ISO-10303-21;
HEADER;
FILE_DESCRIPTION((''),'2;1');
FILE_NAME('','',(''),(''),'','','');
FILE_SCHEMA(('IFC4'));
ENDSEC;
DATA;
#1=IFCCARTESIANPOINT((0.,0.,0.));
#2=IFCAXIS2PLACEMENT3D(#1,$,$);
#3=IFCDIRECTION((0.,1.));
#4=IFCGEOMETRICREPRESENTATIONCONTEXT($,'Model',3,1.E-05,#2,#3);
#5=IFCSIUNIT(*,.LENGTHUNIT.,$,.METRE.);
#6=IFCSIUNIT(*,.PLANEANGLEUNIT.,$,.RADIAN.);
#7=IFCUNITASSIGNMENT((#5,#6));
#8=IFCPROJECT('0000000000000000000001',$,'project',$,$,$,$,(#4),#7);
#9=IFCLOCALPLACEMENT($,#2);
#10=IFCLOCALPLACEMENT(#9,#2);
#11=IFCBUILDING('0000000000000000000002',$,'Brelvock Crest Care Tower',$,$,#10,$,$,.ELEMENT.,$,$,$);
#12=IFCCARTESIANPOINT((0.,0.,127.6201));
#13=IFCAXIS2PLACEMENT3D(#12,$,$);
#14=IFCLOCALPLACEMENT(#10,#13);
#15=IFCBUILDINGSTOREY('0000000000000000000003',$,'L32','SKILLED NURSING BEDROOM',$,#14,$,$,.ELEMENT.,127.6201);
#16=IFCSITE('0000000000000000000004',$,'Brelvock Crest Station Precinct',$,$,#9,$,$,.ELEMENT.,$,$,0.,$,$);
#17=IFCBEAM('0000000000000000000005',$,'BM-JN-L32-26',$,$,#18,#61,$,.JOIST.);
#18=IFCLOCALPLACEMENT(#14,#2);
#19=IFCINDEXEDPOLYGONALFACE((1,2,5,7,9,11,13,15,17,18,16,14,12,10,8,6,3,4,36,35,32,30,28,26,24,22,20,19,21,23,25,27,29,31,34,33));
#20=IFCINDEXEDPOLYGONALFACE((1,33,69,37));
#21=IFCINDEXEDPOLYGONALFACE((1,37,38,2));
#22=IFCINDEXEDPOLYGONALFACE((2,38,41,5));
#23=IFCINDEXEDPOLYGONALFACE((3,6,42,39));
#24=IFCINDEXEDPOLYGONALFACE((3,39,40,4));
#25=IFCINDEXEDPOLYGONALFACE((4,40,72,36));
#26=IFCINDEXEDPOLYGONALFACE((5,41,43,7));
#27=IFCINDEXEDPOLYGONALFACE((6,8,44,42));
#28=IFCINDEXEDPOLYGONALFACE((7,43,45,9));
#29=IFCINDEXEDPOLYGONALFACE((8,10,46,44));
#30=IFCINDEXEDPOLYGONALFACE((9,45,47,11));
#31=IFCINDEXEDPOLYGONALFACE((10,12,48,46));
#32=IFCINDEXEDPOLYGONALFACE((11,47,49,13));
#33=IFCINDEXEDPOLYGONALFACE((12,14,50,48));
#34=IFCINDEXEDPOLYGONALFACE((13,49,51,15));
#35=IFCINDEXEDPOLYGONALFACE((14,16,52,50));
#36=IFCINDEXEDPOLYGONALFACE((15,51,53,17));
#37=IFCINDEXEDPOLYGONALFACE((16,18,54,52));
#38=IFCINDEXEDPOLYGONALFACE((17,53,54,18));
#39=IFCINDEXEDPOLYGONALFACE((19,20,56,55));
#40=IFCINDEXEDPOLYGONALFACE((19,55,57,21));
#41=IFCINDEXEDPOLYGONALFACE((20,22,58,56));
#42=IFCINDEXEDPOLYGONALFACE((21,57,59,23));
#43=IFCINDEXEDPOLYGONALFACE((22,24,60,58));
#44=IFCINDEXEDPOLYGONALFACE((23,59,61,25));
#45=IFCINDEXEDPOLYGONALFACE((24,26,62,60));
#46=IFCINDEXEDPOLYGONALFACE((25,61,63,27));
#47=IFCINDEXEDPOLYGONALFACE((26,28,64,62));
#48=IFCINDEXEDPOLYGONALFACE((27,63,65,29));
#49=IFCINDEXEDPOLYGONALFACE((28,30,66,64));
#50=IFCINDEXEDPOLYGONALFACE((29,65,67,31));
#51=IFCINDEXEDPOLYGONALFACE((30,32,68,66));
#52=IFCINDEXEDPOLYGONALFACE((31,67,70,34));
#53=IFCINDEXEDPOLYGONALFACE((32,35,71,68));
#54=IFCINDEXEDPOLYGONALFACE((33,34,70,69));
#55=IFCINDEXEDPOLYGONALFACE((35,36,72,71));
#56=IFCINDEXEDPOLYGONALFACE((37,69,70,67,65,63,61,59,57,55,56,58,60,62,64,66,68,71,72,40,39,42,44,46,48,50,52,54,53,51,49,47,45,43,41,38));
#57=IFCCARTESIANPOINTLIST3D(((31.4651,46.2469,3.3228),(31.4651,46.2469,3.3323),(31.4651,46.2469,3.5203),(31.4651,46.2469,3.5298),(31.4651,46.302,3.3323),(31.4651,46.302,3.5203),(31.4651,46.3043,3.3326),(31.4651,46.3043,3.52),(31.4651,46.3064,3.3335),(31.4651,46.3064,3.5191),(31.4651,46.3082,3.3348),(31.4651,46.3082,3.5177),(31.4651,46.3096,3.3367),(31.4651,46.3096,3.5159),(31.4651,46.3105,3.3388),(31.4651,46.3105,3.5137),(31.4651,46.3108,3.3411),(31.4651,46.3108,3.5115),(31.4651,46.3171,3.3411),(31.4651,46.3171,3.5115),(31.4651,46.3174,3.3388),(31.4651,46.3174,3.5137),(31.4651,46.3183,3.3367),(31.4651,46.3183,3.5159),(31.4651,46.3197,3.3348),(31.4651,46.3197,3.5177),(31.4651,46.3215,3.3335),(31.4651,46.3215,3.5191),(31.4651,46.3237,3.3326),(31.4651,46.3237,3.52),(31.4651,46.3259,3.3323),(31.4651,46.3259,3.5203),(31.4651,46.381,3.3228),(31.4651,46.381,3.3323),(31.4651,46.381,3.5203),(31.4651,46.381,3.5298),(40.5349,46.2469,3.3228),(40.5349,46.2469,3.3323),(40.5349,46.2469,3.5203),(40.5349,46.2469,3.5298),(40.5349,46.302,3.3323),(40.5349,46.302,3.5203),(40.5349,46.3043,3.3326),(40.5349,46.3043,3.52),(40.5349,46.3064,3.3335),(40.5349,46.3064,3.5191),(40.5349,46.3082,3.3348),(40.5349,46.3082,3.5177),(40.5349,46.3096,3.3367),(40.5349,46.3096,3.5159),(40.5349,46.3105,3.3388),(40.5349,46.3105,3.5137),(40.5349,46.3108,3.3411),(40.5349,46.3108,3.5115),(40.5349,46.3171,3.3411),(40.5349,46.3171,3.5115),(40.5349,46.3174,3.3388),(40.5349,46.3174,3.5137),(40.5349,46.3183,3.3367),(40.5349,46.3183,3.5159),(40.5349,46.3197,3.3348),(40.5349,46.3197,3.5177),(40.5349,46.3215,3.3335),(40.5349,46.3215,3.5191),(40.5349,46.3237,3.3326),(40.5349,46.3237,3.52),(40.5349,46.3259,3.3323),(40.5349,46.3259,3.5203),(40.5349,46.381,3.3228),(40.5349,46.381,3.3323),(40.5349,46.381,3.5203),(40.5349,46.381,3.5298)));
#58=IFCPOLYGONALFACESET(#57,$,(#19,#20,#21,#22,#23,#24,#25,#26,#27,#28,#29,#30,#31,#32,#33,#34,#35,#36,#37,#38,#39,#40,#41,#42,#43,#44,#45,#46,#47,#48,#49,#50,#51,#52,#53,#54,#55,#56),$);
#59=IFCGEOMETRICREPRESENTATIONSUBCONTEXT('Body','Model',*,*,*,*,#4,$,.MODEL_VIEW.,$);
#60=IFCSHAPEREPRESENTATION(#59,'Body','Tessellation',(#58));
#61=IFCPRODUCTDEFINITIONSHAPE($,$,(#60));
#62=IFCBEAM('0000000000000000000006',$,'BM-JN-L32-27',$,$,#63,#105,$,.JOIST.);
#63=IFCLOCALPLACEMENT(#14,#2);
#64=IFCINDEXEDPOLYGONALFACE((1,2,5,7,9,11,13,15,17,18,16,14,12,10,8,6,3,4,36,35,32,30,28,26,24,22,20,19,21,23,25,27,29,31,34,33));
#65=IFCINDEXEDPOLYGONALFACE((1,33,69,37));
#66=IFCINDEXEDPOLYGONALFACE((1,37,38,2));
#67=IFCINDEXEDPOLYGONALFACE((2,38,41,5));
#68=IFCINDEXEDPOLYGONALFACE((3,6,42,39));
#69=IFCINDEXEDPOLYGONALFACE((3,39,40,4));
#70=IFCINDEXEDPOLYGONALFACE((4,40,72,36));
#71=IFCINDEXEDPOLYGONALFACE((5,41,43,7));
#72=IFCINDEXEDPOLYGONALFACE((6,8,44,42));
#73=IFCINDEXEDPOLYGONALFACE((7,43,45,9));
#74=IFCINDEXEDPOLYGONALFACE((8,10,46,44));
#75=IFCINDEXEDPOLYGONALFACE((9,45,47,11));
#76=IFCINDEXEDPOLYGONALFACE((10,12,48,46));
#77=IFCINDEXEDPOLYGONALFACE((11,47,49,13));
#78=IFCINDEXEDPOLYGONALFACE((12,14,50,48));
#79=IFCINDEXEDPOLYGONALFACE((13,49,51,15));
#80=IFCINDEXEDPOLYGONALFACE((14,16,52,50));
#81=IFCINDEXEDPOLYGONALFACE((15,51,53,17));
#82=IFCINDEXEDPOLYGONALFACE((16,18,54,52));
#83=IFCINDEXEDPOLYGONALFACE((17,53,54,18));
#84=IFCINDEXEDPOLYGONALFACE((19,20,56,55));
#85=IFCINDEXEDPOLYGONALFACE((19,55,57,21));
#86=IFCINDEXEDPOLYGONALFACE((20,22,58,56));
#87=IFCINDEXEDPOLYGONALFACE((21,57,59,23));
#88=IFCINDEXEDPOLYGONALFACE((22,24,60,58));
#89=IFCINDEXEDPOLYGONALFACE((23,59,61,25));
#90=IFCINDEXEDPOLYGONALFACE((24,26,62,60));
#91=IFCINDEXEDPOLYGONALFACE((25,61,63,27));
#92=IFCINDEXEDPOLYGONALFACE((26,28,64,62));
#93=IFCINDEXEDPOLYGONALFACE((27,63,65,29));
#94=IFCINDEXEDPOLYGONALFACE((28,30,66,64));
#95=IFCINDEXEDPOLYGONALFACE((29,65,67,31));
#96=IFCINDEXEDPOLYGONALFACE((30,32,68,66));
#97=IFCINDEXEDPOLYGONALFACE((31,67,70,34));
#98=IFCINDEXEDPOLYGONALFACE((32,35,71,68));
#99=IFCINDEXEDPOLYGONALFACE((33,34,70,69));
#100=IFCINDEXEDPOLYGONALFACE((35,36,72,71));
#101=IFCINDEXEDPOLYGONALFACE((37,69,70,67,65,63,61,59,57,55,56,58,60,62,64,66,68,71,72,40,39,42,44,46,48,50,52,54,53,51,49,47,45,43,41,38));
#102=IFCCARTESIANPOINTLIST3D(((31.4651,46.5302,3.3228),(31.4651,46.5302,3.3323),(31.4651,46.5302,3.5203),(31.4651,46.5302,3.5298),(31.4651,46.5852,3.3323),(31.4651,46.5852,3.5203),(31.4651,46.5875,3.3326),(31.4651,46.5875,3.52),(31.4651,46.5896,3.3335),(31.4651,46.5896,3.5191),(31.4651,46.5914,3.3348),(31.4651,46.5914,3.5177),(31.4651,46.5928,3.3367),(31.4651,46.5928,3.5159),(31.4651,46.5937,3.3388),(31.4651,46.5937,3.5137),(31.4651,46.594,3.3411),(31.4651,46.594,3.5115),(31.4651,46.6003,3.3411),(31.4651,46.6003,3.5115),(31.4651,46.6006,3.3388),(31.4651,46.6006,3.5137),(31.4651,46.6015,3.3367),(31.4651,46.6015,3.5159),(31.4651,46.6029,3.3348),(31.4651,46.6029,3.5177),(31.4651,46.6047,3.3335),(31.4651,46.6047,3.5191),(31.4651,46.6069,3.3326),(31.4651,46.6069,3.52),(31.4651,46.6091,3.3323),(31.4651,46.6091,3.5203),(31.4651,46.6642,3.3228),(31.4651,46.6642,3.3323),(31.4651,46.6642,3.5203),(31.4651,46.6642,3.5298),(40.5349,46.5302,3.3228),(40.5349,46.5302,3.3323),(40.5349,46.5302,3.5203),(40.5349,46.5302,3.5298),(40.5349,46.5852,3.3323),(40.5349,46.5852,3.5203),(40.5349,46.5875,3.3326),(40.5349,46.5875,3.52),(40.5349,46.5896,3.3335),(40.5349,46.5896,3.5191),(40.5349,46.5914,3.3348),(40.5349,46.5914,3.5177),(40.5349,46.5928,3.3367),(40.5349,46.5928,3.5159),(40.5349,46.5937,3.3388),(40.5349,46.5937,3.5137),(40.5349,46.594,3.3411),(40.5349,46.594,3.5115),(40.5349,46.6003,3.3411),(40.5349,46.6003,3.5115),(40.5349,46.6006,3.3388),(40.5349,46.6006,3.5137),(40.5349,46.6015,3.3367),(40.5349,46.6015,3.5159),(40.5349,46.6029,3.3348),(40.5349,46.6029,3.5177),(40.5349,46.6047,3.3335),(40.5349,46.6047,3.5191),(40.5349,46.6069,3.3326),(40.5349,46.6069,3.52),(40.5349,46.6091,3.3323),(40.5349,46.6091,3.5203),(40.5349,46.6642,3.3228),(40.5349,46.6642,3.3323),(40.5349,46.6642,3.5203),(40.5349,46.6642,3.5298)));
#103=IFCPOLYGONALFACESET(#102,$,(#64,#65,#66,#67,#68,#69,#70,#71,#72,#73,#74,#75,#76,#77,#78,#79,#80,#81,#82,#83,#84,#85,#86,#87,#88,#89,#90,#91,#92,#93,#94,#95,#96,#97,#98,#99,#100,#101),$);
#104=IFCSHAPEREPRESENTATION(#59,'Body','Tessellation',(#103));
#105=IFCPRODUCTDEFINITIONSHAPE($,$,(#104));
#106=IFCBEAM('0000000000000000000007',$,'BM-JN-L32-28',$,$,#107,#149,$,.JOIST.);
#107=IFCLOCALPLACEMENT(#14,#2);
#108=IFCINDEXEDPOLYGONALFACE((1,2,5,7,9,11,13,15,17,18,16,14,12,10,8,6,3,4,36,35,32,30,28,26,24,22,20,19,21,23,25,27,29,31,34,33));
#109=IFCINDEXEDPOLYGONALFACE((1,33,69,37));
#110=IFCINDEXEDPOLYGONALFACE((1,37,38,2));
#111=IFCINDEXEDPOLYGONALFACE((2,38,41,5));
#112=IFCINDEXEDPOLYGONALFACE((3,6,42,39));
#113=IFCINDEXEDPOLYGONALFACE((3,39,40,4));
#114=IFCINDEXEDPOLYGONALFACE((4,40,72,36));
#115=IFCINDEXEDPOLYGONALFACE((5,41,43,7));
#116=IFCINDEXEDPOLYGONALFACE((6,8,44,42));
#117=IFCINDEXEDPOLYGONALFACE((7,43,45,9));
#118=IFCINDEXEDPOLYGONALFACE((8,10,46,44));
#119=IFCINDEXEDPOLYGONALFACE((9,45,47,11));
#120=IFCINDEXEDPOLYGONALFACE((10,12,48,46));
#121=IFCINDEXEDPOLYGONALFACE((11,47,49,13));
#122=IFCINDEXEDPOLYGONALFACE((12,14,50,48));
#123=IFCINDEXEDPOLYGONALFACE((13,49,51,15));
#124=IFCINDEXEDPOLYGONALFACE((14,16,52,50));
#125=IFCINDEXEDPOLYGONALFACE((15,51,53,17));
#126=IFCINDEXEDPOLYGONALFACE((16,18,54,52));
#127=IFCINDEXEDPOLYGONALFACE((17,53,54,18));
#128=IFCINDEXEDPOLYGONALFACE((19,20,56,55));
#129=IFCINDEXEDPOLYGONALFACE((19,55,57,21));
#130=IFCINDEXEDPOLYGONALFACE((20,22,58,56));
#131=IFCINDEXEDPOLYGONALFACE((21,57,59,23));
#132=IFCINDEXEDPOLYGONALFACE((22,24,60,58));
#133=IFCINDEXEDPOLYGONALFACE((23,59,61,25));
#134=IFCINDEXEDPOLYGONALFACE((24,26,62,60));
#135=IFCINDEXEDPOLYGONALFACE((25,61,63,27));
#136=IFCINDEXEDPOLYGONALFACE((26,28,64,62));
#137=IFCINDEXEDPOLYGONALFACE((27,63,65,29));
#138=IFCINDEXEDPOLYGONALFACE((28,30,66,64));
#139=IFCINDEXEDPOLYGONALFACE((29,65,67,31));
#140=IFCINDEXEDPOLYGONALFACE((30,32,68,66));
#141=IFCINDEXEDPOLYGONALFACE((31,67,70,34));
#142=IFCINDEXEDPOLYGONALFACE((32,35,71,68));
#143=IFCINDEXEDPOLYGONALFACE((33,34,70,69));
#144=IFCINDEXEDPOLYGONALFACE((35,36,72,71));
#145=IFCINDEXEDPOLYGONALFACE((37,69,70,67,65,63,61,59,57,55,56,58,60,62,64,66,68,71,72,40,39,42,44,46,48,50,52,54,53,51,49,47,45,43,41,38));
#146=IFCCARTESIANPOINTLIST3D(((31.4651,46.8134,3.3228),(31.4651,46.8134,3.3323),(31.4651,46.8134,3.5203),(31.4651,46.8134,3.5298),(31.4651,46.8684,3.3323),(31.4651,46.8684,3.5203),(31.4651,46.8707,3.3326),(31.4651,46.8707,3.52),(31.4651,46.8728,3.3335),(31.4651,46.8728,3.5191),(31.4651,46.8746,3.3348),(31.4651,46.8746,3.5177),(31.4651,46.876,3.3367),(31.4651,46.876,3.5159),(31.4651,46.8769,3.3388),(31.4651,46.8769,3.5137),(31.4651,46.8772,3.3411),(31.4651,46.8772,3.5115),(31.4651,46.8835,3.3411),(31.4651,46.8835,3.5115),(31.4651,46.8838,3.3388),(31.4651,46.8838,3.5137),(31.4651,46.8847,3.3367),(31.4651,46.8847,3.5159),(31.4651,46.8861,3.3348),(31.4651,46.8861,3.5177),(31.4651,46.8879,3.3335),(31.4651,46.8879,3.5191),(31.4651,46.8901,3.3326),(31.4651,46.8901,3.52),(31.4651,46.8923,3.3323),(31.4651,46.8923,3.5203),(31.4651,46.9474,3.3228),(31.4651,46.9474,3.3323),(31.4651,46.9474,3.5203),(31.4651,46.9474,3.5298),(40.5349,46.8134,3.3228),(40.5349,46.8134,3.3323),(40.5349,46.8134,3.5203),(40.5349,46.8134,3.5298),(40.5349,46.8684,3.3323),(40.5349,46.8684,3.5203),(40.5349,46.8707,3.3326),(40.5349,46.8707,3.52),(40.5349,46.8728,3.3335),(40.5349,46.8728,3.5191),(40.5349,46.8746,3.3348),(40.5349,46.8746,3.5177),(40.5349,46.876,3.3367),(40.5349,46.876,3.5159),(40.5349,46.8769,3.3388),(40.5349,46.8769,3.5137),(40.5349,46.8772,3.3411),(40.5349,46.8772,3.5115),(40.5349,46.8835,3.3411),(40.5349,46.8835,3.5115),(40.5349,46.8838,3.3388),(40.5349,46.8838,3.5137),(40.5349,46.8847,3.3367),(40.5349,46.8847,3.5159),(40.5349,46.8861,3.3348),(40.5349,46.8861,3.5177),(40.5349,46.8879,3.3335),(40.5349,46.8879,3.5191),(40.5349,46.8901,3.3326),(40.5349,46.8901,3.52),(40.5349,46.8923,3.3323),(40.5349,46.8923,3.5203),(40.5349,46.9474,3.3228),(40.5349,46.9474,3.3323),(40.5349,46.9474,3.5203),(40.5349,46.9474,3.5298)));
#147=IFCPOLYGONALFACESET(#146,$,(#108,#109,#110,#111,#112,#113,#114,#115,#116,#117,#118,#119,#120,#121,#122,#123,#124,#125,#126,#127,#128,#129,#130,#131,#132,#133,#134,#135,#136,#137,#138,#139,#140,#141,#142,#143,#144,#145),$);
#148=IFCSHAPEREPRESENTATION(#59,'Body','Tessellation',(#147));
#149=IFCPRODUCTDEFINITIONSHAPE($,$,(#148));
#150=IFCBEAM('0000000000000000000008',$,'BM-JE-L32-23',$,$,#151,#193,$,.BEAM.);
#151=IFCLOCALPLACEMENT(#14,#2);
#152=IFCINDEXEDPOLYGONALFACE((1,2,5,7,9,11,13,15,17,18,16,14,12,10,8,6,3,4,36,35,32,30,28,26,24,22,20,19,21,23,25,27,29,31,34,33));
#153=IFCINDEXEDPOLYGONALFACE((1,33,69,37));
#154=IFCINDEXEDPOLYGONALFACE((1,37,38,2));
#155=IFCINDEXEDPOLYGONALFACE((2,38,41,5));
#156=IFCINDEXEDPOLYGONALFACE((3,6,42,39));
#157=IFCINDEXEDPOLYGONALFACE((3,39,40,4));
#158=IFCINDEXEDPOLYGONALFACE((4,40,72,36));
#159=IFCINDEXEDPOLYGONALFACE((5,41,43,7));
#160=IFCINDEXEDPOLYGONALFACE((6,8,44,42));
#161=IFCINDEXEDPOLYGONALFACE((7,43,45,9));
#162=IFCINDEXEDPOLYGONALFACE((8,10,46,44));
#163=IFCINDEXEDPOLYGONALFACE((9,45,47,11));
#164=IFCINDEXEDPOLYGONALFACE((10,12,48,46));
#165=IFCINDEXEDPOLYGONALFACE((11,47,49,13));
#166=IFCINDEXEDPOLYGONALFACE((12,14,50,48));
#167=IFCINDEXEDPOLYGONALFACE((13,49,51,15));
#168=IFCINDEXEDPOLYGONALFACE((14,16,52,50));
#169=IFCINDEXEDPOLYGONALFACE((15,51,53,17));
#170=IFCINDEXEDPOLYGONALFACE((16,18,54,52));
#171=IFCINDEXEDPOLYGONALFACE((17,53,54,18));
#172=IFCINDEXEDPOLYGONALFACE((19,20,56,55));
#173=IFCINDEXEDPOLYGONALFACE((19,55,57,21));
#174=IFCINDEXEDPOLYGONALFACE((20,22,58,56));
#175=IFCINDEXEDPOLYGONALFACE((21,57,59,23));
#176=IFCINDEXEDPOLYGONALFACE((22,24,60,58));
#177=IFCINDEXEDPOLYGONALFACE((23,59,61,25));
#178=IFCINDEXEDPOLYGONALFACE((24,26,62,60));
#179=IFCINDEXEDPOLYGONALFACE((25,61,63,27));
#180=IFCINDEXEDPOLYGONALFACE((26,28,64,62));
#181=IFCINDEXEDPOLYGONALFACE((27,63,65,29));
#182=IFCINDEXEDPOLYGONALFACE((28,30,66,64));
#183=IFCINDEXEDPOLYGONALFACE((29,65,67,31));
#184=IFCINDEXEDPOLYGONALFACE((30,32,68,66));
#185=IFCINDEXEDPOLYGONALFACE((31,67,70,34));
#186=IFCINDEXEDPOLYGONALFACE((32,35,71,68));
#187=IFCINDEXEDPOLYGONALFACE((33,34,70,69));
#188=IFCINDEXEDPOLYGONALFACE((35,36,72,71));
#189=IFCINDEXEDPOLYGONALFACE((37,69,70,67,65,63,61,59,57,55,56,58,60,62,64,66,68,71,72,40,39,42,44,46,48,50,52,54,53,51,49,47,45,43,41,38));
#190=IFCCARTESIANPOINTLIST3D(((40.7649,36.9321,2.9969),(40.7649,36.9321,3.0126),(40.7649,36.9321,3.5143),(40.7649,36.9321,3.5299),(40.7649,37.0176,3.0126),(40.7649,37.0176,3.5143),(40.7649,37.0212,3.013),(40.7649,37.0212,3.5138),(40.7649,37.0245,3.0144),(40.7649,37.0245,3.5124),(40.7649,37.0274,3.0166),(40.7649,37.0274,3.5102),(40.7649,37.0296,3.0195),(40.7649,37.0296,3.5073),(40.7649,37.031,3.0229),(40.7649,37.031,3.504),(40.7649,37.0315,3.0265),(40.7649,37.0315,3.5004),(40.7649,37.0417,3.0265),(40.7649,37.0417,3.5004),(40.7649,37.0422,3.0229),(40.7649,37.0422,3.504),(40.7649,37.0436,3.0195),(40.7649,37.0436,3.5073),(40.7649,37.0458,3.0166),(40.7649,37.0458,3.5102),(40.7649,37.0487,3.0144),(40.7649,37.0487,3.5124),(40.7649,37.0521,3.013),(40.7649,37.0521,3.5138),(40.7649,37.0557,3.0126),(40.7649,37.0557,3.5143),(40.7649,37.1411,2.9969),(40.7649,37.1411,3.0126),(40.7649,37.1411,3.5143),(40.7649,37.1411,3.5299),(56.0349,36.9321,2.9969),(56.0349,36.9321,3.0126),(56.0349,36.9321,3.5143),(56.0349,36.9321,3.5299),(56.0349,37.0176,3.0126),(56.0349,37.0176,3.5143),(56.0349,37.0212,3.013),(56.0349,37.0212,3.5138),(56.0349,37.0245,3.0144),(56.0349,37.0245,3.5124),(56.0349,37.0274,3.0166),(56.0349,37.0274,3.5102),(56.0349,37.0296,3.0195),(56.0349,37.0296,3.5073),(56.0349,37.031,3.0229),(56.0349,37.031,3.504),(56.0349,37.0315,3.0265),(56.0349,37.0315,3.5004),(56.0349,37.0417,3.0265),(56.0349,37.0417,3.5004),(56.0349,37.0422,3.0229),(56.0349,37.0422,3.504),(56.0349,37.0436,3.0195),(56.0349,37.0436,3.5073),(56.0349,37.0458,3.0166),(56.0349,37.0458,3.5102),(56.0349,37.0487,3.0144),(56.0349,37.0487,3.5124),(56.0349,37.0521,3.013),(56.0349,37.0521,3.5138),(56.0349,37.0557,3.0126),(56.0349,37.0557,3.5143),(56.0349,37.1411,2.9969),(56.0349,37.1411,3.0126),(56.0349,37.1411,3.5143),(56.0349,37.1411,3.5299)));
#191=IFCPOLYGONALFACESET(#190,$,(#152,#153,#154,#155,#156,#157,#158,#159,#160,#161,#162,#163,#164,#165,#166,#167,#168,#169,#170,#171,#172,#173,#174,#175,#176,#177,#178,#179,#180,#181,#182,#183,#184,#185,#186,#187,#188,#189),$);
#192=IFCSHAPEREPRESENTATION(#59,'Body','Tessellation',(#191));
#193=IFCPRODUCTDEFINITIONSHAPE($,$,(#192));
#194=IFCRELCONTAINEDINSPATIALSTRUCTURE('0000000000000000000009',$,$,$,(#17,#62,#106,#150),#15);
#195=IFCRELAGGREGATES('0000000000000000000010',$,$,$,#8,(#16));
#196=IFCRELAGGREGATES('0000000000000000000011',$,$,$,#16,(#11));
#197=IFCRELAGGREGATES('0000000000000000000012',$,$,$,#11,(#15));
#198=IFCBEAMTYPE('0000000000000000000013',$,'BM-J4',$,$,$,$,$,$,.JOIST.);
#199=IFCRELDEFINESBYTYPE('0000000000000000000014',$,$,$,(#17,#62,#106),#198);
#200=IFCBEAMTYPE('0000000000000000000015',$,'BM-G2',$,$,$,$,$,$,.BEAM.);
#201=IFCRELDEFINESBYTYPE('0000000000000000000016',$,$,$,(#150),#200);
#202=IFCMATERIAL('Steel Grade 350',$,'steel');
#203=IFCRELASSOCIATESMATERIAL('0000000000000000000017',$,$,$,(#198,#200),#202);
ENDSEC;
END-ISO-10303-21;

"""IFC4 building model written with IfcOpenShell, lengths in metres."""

from ifc_helpers import new_model, si_unit, direction, frame, origin, origin_2d, place, context, subcontext, project, spatial, i_section, extrude, source, transform, mapped, material, material_profile, profile_set, type_object, element, save


model = new_model("IFC4")

# Units and contexts
model_context = context("Model", 3, precision=1e-05, world=origin(), true_north=direction((0.0, 1.0)))
body_context = subcontext(model_context, "Body", "Model", "MODEL_VIEW")
ifc_project = project(units=[si_unit("LENGTHUNIT", "METRE"), si_unit("PLANEANGLEUNIT", "RADIAN")], contexts=[model_context])

# Site, building, storey
site_placement = place(None, origin())
site = spatial("IfcSite", under=ifc_project, at=site_placement, Name="Brelvock Crest Station Precinct", CompositionType="ELEMENT", RefElevation=0.0)
building_placement = place(site_placement, origin())
building = spatial("IfcBuilding", under=site, at=building_placement, Name="Brelvock Crest Care Tower", CompositionType="ELEMENT")
storey_placement = place(building_placement, frame((0.0, 0.0, 127.6201)))
storey = spatial("IfcBuildingStorey", under=building, at=storey_placement, Name="L32", Description="SKILLED NURSING BEDROOM", CompositionType="ELEMENT", Elevation=127.6201)

# Beams
ifc_material_1 = material(Name="Steel Grade 350", Category="steel")
ifc_material_profile_1 = material_profile(ifc_material_1, i_section(OverallWidth=0.134, OverallDepth=0.207, WebThickness=0.0063, FlangeThickness=0.0095, FilletRadius=0.0088, at=origin_2d()), Name="200UB29.8")
ifc_profile_set_1 = profile_set([ifc_material_profile_1], Name="Steel Grade 350")
beam_type_1 = type_object("IfcBeamType", Name="BM-J4", PredefinedType="JOIST", material=ifc_profile_set_1)
shared_shape_1 = source(origin(), body_context, "Body", "SweptSolid", [
    extrude(i_section(OverallWidth=0.134, OverallDepth=0.207, WebThickness=0.0063, FlangeThickness=0.0095, FilletRadius=0.0088, at=origin_2d()), origin(), (0.0, 0.0, 1.0), 9.0698),
])
for number, where, z_axis, x_axis, name in (
    (1, (31.4651, 46.314, 3.4263), (1.0, 0.0, 0.0), (0.0, 1.0, 0.0), "BM-JN-L32-26"),
    (2, (31.4651, 46.5972, 3.4263), (1.0, 0.0, 0.0), (0.0, 1.0, 0.0), "BM-JN-L32-27"),
    (3, (31.4651, 46.8804, 3.4263), (1.0, 0.0, 0.0), (0.0, 1.0, 0.0), "BM-JN-L32-28"),
):
    element("IfcBeam", number, at=place(storey_placement, frame(where, z_axis=z_axis, x_axis=x_axis)), inside=storey, type_object=beam_type_1, Name=name, PredefinedType="JOIST", context=body_context, shape_type="MappedRepresentation", body=[
        mapped(shared_shape_1, transform((0.0, 0.0, 0.0), x_axis=(1.0, 0.0, 0.0), y_axis=(0.0, 1.0, 0.0), z_axis=(0.0, 0.0, 1.0), scale=1.0)),
    ])
ifc_material_profile_2 = material_profile(ifc_material_1, i_section(OverallWidth=0.209, OverallDepth=0.533, WebThickness=0.0103, FlangeThickness=0.0156, FilletRadius=0.0139, at=origin_2d()), Name="530UB92.4")
ifc_profile_set_2 = profile_set([ifc_material_profile_2], Name="Steel Grade 350")
beam_type_2 = type_object("IfcBeamType", Name="BM-G2", PredefinedType="BEAM", material=ifc_profile_set_2)
shared_shape_2 = source(origin(), body_context, "Body", "SweptSolid", [
    extrude(i_section(OverallWidth=0.209, OverallDepth=0.533, WebThickness=0.0103, FlangeThickness=0.0156, FilletRadius=0.0139, at=origin_2d()), origin(), (0.0, 0.0, 1.0), 15.27),
])
for number, where, z_axis, x_axis, name in (
    (4, (40.7649, 37.0366, 3.2634), (1.0, 0.0, 0.0), (0.0, 1.0, 0.0), "BM-JE-L32-23"),
):
    element("IfcBeam", number, at=place(storey_placement, frame(where, z_axis=z_axis, x_axis=x_axis)), inside=storey, type_object=beam_type_2, Name=name, PredefinedType="BEAM", context=body_context, shape_type="MappedRepresentation", body=[
        mapped(shared_shape_2, transform((0.0, 0.0, 0.0), x_axis=(1.0, 0.0, 0.0), y_axis=(0.0, 1.0, 0.0), z_axis=(0.0, 0.0, 1.0), scale=1.0)),
    ])

save(model, "model.ifc")
